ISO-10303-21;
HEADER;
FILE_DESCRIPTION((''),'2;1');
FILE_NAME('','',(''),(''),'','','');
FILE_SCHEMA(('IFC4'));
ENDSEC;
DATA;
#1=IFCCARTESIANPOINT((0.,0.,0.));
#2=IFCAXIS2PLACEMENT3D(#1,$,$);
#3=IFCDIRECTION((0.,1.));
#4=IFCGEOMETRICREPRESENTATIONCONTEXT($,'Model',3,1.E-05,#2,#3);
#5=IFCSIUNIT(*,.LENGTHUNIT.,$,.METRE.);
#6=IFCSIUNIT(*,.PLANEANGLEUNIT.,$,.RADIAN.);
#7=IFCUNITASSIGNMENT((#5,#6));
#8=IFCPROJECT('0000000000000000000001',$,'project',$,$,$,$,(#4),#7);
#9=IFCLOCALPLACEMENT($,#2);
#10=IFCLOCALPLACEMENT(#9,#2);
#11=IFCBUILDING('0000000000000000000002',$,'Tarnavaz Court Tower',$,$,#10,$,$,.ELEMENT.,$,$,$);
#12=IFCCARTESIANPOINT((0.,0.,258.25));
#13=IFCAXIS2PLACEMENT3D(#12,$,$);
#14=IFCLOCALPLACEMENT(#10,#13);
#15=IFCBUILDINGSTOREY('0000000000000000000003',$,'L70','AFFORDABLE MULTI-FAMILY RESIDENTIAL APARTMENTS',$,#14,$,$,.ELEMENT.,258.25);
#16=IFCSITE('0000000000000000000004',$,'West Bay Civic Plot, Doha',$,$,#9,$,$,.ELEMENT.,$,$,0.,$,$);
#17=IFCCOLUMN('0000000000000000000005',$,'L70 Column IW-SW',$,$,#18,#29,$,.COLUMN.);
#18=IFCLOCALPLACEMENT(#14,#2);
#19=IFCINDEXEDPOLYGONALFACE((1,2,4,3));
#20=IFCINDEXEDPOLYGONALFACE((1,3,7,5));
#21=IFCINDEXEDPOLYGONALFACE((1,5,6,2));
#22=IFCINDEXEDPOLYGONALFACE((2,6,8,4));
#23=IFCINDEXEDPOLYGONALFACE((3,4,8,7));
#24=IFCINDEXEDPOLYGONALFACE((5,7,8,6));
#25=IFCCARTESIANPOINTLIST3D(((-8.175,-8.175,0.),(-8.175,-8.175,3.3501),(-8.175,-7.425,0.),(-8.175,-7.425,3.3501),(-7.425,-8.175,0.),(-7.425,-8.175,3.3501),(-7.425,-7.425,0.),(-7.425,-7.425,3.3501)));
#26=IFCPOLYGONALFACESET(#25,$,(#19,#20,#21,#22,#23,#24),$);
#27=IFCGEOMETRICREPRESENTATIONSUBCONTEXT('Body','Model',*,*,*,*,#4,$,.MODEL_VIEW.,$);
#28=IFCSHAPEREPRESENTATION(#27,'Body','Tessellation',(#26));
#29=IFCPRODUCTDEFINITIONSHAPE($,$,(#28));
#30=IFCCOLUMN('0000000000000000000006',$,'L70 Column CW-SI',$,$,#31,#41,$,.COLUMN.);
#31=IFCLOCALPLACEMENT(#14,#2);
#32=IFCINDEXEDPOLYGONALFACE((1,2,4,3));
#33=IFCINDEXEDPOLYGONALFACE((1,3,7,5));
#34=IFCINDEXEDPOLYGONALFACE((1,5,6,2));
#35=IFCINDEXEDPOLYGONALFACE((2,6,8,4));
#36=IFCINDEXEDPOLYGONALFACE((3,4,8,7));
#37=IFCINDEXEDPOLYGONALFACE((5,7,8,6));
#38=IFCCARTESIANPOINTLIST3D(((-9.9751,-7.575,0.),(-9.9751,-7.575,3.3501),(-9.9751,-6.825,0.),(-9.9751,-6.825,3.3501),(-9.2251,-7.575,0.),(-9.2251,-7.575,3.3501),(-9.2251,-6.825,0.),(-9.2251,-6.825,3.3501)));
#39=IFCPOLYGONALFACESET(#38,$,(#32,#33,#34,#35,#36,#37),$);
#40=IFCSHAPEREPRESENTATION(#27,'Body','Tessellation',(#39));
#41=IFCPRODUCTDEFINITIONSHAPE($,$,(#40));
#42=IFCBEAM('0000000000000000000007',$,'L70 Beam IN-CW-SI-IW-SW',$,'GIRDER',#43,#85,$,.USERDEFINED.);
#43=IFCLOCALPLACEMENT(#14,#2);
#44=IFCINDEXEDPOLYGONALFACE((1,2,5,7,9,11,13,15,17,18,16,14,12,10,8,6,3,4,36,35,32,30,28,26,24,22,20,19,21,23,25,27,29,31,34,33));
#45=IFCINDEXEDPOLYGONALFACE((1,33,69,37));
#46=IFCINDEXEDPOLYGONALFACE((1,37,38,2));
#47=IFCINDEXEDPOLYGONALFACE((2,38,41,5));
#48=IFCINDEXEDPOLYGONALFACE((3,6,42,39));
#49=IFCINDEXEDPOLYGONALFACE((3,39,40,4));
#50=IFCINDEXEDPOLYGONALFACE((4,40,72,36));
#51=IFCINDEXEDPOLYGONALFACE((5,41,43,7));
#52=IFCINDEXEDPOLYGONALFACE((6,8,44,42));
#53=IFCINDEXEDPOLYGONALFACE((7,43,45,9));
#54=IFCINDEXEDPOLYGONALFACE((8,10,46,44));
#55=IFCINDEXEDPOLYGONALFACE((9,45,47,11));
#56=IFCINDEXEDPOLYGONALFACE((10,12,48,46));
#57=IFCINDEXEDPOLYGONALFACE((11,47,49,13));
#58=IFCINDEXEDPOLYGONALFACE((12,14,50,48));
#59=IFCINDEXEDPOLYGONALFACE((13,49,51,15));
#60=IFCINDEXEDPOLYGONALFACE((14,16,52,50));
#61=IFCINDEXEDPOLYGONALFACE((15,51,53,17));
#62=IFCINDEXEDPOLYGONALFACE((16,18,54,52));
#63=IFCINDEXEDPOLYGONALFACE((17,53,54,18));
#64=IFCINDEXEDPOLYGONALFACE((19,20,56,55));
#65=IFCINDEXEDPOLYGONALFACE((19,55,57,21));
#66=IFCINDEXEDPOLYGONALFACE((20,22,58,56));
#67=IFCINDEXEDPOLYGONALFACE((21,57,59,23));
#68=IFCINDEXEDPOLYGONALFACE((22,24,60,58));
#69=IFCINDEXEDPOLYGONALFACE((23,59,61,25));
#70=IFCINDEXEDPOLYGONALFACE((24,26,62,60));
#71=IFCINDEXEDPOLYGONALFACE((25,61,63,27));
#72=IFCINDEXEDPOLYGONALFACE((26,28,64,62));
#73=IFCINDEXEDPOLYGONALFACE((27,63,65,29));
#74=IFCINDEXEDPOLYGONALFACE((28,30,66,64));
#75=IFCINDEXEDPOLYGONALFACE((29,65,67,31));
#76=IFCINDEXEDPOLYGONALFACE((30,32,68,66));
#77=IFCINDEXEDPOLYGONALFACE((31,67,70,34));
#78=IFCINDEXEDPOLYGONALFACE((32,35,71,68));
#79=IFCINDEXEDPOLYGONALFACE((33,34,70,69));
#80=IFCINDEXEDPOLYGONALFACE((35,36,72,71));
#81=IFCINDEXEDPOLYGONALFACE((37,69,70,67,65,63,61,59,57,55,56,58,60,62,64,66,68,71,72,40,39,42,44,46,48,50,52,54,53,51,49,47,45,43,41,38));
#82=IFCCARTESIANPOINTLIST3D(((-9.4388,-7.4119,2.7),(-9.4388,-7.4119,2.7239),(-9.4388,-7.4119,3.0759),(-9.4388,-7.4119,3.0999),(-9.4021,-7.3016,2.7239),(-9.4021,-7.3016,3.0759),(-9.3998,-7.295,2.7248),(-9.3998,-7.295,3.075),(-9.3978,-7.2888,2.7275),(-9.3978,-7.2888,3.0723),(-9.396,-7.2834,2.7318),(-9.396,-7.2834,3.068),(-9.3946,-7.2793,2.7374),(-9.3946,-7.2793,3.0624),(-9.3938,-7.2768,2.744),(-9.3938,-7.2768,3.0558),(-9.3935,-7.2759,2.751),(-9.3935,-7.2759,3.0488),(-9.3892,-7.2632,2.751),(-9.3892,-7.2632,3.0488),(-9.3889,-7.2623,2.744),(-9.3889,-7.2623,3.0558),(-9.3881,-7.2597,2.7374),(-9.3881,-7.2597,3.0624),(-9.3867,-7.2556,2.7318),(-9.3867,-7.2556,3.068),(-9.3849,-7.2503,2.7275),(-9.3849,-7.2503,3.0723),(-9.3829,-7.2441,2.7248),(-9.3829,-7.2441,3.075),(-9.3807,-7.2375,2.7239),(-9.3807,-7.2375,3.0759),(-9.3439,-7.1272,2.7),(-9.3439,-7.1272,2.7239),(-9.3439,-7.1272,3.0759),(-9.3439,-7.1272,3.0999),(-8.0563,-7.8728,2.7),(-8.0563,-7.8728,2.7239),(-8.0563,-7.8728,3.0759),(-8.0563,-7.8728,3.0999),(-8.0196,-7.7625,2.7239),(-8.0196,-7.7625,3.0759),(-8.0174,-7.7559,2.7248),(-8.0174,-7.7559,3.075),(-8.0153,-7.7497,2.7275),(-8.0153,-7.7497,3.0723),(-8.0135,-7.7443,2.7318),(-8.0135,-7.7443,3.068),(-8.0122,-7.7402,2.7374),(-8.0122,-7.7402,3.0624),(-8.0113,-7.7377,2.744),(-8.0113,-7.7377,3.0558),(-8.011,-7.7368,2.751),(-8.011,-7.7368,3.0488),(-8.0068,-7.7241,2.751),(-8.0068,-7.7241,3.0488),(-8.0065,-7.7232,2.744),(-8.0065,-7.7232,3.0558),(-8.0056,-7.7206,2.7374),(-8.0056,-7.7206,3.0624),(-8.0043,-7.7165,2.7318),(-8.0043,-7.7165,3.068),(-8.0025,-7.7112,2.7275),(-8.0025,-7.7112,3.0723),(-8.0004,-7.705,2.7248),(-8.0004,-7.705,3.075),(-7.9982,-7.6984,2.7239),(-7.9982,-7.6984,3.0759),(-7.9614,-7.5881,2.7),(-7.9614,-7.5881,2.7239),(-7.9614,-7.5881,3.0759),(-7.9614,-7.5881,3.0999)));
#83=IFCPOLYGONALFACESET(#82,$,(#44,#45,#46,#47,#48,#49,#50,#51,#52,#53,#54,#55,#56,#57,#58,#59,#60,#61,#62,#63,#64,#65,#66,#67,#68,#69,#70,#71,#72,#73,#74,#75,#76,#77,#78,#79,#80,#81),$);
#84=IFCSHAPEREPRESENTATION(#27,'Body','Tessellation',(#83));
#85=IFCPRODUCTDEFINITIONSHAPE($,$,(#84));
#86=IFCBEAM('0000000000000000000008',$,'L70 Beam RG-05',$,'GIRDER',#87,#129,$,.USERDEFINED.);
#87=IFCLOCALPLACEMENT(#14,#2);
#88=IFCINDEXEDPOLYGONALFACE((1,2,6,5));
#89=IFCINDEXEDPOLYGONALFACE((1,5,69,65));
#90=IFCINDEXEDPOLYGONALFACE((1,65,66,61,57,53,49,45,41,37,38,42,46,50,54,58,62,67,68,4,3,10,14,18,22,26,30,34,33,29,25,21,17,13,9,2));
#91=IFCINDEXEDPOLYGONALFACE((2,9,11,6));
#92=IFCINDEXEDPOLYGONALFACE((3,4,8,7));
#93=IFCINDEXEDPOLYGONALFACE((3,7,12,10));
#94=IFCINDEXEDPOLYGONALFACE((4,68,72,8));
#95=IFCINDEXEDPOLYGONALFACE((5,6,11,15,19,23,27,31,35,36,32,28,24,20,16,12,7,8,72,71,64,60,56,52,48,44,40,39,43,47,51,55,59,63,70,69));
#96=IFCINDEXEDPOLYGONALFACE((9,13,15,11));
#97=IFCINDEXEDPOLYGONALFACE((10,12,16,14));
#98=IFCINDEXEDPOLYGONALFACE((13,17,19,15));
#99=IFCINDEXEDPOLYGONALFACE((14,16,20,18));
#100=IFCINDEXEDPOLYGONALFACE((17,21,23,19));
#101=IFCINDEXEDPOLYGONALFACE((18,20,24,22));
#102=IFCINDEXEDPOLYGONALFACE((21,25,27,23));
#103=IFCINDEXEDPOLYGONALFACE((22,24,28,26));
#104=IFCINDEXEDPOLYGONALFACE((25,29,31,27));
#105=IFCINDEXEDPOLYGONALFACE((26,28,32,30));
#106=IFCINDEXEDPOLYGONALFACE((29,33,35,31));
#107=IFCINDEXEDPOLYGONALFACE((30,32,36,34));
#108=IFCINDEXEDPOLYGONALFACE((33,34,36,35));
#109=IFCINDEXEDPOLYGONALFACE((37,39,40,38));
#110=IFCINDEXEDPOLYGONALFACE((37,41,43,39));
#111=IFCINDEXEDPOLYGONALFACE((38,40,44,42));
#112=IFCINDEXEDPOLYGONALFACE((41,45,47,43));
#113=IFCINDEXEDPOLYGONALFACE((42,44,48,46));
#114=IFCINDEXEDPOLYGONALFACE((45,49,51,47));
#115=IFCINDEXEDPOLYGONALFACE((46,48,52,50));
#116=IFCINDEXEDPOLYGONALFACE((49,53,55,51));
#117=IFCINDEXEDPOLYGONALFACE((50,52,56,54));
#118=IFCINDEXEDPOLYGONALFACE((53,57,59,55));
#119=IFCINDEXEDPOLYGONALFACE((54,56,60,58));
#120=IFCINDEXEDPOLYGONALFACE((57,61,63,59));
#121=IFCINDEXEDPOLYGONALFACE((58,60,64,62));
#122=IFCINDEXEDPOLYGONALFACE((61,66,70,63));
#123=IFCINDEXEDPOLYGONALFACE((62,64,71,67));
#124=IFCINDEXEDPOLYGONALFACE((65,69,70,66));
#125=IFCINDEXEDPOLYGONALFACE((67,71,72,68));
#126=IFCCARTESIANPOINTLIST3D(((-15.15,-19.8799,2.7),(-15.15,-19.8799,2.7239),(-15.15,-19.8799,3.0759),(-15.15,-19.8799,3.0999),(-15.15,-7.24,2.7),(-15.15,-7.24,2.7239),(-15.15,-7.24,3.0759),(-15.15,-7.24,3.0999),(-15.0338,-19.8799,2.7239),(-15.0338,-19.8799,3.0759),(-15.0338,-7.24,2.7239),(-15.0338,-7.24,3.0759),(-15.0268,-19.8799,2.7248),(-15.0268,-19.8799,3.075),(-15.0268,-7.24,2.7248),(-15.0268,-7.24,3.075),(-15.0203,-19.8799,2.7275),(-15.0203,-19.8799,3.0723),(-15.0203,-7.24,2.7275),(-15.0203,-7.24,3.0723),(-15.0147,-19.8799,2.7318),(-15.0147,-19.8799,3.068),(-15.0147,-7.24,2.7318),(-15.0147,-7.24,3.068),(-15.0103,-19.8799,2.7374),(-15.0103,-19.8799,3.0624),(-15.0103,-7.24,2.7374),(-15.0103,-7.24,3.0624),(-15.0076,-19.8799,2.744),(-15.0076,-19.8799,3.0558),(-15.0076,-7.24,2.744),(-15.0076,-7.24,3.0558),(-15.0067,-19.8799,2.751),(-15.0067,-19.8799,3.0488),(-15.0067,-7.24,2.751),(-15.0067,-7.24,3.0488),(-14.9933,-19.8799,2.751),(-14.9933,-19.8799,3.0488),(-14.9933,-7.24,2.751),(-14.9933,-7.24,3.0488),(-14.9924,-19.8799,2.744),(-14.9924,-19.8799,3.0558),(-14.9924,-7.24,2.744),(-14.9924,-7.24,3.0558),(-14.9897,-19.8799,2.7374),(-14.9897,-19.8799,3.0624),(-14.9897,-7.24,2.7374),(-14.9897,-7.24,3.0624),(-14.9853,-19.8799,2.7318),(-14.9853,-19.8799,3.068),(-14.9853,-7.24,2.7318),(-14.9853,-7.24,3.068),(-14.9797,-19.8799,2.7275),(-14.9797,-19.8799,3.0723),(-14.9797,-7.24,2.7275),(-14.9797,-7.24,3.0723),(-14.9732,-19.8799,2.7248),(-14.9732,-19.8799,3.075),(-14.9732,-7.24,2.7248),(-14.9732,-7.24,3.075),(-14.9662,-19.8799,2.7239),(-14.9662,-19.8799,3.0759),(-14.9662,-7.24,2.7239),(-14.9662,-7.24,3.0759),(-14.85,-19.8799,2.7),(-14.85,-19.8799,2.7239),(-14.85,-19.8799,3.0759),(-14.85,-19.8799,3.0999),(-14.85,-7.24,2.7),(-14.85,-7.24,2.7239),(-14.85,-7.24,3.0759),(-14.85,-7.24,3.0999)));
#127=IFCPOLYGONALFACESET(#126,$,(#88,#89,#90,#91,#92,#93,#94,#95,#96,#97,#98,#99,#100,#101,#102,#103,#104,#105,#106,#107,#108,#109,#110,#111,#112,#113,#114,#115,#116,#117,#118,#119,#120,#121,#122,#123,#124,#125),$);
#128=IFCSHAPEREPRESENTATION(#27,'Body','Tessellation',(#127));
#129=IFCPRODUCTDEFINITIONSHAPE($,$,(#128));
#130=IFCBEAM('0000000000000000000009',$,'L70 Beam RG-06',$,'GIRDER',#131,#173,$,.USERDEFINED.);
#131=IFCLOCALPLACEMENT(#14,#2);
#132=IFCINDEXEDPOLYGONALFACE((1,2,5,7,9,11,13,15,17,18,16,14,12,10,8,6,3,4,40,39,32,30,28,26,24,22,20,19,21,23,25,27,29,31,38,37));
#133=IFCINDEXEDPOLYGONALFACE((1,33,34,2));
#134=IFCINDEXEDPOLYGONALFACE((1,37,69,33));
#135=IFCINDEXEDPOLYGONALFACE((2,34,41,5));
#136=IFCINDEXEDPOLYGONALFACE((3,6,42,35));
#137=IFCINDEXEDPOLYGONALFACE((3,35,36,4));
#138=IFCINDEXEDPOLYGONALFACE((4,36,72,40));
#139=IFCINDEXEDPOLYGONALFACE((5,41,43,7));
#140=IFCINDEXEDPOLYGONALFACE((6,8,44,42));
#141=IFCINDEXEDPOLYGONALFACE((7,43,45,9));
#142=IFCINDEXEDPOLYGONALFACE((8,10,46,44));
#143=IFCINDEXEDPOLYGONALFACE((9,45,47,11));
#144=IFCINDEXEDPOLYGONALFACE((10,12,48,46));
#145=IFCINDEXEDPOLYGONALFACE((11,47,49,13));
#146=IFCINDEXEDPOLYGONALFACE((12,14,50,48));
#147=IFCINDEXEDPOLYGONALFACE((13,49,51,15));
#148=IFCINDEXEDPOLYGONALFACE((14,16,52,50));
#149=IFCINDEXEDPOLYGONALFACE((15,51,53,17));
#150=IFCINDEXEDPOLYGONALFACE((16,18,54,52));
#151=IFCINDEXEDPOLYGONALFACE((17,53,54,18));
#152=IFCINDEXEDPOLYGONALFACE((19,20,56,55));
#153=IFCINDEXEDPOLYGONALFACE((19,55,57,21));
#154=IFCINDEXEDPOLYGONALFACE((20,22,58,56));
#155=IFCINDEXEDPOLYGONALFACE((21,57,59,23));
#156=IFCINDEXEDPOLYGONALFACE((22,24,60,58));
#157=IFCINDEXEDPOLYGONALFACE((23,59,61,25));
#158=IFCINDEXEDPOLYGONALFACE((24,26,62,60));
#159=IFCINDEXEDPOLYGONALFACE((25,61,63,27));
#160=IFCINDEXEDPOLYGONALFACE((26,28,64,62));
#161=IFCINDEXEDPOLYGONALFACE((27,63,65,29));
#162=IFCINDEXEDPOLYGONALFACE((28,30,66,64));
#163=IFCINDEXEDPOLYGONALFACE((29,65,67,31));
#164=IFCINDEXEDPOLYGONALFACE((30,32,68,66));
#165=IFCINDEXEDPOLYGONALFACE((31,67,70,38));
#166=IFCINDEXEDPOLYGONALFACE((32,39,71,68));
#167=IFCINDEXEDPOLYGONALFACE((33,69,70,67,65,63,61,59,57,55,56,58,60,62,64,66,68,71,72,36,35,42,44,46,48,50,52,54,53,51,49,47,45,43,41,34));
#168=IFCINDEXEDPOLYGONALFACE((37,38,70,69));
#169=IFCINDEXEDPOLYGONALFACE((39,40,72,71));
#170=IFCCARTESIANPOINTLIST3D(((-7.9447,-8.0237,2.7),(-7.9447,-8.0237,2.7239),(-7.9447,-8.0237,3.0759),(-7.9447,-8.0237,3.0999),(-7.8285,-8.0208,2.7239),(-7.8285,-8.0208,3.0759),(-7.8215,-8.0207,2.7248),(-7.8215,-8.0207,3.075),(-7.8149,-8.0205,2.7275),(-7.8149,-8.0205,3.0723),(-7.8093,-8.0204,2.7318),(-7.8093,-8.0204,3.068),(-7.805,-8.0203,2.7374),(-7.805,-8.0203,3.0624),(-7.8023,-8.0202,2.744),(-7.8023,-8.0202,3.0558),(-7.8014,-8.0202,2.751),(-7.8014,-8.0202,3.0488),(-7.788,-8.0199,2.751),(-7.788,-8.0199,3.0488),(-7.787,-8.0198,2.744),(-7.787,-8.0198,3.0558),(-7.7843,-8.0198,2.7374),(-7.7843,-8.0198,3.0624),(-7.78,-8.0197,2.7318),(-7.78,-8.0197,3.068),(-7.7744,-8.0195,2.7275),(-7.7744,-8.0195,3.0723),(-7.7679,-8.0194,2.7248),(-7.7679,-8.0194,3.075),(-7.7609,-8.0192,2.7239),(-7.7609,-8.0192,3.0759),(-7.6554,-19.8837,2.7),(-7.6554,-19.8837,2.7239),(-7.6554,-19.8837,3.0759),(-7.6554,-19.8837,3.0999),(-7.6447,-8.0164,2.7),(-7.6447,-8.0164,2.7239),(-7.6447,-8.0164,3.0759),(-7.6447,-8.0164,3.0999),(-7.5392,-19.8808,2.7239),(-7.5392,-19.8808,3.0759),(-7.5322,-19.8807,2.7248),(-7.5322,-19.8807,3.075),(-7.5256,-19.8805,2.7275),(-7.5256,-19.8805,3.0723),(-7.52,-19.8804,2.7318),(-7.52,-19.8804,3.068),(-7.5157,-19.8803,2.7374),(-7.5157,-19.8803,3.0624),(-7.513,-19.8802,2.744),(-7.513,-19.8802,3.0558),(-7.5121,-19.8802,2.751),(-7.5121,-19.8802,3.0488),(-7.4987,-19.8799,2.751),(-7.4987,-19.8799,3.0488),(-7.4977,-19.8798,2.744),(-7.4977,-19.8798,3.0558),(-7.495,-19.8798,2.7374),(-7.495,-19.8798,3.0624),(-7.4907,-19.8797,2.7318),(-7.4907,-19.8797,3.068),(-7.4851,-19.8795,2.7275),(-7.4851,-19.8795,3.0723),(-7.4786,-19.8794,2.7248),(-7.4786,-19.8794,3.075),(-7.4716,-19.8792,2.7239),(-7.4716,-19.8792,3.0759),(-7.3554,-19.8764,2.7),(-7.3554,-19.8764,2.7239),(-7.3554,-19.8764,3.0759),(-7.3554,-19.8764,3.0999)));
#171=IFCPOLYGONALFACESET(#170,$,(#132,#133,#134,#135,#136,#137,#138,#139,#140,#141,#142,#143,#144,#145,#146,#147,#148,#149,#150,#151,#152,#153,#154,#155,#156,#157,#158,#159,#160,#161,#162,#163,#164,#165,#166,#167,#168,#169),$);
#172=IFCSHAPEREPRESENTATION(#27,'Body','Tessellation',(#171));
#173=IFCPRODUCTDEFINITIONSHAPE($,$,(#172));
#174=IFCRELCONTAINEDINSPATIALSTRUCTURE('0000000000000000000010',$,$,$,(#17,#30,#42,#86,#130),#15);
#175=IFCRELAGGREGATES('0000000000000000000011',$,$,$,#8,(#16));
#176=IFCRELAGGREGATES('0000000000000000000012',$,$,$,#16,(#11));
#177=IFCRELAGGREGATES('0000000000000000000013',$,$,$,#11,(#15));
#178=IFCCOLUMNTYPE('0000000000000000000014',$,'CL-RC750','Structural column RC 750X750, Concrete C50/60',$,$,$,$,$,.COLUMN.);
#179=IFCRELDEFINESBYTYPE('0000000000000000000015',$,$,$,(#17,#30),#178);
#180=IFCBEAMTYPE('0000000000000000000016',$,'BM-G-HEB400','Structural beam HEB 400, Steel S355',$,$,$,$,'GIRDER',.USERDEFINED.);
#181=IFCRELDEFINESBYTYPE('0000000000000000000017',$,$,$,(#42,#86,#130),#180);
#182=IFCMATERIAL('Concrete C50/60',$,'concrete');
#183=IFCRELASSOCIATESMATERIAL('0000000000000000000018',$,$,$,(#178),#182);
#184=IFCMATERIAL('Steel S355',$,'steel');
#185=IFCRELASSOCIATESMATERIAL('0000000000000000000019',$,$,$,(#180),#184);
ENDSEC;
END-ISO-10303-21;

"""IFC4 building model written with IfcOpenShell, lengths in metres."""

from ifc_helpers import new_model, si_unit, direction, frame, origin, origin_2d, place, context, subcontext, project, spatial, rectangle, i_section, extrude, material, material_profile, profile_set, type_object, element, save


model = new_model("IFC4")

# Units and contexts
model_context = context("Model", 3, precision=1e-05, world=origin(), true_north=direction((0.0, 1.0)))
body_context = subcontext(model_context, "Body", "Model", "MODEL_VIEW")
ifc_project = project(units=[si_unit("LENGTHUNIT", "METRE"), si_unit("PLANEANGLEUNIT", "RADIAN")], contexts=[model_context])

# Site, building, storey
site_placement = place(None, origin())
site = spatial("IfcSite", under=ifc_project, at=site_placement, Name="West Bay Civic Plot, Doha", CompositionType="ELEMENT", RefElevation=0.0)
building_placement = place(site_placement, origin())
building = spatial("IfcBuilding", under=site, at=building_placement, Name="Tarnavaz Court Tower", CompositionType="ELEMENT")
storey_placement = place(building_placement, frame((0.0, 0.0, 258.25)))
storey = spatial("IfcBuildingStorey", under=building, at=storey_placement, Name="L70", Description="AFFORDABLE MULTI-FAMILY RESIDENTIAL APARTMENTS", CompositionType="ELEMENT", Elevation=258.25)

# Columns
ifc_material_1 = material(Name="Concrete C50/60", Category="concrete")
ifc_material_profile_1 = material_profile(ifc_material_1, rectangle(XDim=0.75, YDim=0.75, at=origin_2d()), Name="RC 750X750")
ifc_profile_set_1 = profile_set([ifc_material_profile_1], Name="Concrete C50/60")
column_type = type_object("IfcColumnType", Name="CL-RC750", Description="Structural column RC 750X750, Concrete C50/60", PredefinedType="COLUMN", material=ifc_profile_set_1)
for number, where, z_axis, x_axis, name in (
    (1, (-7.8, -7.8, 0.0), (0.0, 0.0, 1.0), (1.0, 0.0, 0.0), "L70 Column IW-SW"),
    (2, (-9.6001, -7.2, 0.0), (0.0, 0.0, 1.0), (1.0, 0.0, 0.0), "L70 Column CW-SI"),
):
    element("IfcColumn", number, at=place(storey_placement, frame(where, z_axis=z_axis, x_axis=x_axis)), inside=storey, type_object=column_type, Name=name, PredefinedType="COLUMN", context=body_context, shape_type="SweptSolid", body=[
        extrude(rectangle(XDim=0.75, YDim=0.75, at=origin_2d()), origin(), (0.0, 0.0, 1.0), 3.3501),
    ])

# Beams
ifc_material_2 = material(Name="Steel S355", Category="steel")
ifc_material_profile_2 = material_profile(ifc_material_2, i_section(OverallWidth=0.3, OverallDepth=0.3999, WebThickness=0.0134, FlangeThickness=0.0239, FilletRadius=0.0271, at=origin_2d()), Name="HEB 400")
ifc_profile_set_2 = profile_set([ifc_material_profile_2], Name="Steel S355")
beam_type_1 = type_object("IfcBeamType", Name="BM-G-HEB400", Description="Structural beam HEB 400, Steel S355", ElementType="GIRDER", PredefinedType="USERDEFINED", material=ifc_profile_set_2)
beam_1_placement = place(storey_placement, frame((-9.3914, -7.2695, 2.8999), z_axis=(0.948667, -0.316278, 0.0), x_axis=(0.316278, 0.948667, 0.0)))
element("IfcBeam", 3, at=beam_1_placement, inside=storey, type_object=beam_type_1, Name="L70 Beam IN-CW-SI-IW-SW", ObjectType="GIRDER", PredefinedType="USERDEFINED", context=body_context, shape_type="SweptSolid", body=[
    extrude(i_section(OverallWidth=0.3, OverallDepth=0.3999, WebThickness=0.0134, FlangeThickness=0.0239, FilletRadius=0.0271, at=origin_2d()), origin(), (0.0, 0.0, 1.0), 1.4573),
])
beam_2_placement = place(storey_placement, frame((-15.0, -7.24, 2.8999), z_axis=(0.0, -1.0, 0.0), x_axis=(1.0, 0.0, 0.0)))
element("IfcBeam", 4, at=beam_2_placement, inside=storey, type_object=beam_type_1, Name="L70 Beam RG-05", ObjectType="GIRDER", PredefinedType="USERDEFINED", context=body_context, shape_type="SweptSolid", body=[
    extrude(i_section(OverallWidth=0.3, OverallDepth=0.3999, WebThickness=0.0134, FlangeThickness=0.0239, FilletRadius=0.0271, at=origin_2d()), origin(), (0.0, 0.0, 1.0), 12.6399),
])
beam_3_placement = place(storey_placement, frame((-7.7947, -8.02, 2.8999), z_axis=(0.024386, -0.999703, 0.0), x_axis=(0.999703, 0.024386, 0.0)))
element("IfcBeam", 5, at=beam_3_placement, inside=storey, type_object=beam_type_1, Name="L70 Beam RG-06", ObjectType="GIRDER", PredefinedType="USERDEFINED", context=body_context, shape_type="SweptSolid", body=[
    extrude(i_section(OverallWidth=0.3, OverallDepth=0.3999, WebThickness=0.0134, FlangeThickness=0.0239, FilletRadius=0.0271, at=origin_2d()), origin(), (0.0, 0.0, 1.0), 11.8635),
])

save(model, "model.ifc")
